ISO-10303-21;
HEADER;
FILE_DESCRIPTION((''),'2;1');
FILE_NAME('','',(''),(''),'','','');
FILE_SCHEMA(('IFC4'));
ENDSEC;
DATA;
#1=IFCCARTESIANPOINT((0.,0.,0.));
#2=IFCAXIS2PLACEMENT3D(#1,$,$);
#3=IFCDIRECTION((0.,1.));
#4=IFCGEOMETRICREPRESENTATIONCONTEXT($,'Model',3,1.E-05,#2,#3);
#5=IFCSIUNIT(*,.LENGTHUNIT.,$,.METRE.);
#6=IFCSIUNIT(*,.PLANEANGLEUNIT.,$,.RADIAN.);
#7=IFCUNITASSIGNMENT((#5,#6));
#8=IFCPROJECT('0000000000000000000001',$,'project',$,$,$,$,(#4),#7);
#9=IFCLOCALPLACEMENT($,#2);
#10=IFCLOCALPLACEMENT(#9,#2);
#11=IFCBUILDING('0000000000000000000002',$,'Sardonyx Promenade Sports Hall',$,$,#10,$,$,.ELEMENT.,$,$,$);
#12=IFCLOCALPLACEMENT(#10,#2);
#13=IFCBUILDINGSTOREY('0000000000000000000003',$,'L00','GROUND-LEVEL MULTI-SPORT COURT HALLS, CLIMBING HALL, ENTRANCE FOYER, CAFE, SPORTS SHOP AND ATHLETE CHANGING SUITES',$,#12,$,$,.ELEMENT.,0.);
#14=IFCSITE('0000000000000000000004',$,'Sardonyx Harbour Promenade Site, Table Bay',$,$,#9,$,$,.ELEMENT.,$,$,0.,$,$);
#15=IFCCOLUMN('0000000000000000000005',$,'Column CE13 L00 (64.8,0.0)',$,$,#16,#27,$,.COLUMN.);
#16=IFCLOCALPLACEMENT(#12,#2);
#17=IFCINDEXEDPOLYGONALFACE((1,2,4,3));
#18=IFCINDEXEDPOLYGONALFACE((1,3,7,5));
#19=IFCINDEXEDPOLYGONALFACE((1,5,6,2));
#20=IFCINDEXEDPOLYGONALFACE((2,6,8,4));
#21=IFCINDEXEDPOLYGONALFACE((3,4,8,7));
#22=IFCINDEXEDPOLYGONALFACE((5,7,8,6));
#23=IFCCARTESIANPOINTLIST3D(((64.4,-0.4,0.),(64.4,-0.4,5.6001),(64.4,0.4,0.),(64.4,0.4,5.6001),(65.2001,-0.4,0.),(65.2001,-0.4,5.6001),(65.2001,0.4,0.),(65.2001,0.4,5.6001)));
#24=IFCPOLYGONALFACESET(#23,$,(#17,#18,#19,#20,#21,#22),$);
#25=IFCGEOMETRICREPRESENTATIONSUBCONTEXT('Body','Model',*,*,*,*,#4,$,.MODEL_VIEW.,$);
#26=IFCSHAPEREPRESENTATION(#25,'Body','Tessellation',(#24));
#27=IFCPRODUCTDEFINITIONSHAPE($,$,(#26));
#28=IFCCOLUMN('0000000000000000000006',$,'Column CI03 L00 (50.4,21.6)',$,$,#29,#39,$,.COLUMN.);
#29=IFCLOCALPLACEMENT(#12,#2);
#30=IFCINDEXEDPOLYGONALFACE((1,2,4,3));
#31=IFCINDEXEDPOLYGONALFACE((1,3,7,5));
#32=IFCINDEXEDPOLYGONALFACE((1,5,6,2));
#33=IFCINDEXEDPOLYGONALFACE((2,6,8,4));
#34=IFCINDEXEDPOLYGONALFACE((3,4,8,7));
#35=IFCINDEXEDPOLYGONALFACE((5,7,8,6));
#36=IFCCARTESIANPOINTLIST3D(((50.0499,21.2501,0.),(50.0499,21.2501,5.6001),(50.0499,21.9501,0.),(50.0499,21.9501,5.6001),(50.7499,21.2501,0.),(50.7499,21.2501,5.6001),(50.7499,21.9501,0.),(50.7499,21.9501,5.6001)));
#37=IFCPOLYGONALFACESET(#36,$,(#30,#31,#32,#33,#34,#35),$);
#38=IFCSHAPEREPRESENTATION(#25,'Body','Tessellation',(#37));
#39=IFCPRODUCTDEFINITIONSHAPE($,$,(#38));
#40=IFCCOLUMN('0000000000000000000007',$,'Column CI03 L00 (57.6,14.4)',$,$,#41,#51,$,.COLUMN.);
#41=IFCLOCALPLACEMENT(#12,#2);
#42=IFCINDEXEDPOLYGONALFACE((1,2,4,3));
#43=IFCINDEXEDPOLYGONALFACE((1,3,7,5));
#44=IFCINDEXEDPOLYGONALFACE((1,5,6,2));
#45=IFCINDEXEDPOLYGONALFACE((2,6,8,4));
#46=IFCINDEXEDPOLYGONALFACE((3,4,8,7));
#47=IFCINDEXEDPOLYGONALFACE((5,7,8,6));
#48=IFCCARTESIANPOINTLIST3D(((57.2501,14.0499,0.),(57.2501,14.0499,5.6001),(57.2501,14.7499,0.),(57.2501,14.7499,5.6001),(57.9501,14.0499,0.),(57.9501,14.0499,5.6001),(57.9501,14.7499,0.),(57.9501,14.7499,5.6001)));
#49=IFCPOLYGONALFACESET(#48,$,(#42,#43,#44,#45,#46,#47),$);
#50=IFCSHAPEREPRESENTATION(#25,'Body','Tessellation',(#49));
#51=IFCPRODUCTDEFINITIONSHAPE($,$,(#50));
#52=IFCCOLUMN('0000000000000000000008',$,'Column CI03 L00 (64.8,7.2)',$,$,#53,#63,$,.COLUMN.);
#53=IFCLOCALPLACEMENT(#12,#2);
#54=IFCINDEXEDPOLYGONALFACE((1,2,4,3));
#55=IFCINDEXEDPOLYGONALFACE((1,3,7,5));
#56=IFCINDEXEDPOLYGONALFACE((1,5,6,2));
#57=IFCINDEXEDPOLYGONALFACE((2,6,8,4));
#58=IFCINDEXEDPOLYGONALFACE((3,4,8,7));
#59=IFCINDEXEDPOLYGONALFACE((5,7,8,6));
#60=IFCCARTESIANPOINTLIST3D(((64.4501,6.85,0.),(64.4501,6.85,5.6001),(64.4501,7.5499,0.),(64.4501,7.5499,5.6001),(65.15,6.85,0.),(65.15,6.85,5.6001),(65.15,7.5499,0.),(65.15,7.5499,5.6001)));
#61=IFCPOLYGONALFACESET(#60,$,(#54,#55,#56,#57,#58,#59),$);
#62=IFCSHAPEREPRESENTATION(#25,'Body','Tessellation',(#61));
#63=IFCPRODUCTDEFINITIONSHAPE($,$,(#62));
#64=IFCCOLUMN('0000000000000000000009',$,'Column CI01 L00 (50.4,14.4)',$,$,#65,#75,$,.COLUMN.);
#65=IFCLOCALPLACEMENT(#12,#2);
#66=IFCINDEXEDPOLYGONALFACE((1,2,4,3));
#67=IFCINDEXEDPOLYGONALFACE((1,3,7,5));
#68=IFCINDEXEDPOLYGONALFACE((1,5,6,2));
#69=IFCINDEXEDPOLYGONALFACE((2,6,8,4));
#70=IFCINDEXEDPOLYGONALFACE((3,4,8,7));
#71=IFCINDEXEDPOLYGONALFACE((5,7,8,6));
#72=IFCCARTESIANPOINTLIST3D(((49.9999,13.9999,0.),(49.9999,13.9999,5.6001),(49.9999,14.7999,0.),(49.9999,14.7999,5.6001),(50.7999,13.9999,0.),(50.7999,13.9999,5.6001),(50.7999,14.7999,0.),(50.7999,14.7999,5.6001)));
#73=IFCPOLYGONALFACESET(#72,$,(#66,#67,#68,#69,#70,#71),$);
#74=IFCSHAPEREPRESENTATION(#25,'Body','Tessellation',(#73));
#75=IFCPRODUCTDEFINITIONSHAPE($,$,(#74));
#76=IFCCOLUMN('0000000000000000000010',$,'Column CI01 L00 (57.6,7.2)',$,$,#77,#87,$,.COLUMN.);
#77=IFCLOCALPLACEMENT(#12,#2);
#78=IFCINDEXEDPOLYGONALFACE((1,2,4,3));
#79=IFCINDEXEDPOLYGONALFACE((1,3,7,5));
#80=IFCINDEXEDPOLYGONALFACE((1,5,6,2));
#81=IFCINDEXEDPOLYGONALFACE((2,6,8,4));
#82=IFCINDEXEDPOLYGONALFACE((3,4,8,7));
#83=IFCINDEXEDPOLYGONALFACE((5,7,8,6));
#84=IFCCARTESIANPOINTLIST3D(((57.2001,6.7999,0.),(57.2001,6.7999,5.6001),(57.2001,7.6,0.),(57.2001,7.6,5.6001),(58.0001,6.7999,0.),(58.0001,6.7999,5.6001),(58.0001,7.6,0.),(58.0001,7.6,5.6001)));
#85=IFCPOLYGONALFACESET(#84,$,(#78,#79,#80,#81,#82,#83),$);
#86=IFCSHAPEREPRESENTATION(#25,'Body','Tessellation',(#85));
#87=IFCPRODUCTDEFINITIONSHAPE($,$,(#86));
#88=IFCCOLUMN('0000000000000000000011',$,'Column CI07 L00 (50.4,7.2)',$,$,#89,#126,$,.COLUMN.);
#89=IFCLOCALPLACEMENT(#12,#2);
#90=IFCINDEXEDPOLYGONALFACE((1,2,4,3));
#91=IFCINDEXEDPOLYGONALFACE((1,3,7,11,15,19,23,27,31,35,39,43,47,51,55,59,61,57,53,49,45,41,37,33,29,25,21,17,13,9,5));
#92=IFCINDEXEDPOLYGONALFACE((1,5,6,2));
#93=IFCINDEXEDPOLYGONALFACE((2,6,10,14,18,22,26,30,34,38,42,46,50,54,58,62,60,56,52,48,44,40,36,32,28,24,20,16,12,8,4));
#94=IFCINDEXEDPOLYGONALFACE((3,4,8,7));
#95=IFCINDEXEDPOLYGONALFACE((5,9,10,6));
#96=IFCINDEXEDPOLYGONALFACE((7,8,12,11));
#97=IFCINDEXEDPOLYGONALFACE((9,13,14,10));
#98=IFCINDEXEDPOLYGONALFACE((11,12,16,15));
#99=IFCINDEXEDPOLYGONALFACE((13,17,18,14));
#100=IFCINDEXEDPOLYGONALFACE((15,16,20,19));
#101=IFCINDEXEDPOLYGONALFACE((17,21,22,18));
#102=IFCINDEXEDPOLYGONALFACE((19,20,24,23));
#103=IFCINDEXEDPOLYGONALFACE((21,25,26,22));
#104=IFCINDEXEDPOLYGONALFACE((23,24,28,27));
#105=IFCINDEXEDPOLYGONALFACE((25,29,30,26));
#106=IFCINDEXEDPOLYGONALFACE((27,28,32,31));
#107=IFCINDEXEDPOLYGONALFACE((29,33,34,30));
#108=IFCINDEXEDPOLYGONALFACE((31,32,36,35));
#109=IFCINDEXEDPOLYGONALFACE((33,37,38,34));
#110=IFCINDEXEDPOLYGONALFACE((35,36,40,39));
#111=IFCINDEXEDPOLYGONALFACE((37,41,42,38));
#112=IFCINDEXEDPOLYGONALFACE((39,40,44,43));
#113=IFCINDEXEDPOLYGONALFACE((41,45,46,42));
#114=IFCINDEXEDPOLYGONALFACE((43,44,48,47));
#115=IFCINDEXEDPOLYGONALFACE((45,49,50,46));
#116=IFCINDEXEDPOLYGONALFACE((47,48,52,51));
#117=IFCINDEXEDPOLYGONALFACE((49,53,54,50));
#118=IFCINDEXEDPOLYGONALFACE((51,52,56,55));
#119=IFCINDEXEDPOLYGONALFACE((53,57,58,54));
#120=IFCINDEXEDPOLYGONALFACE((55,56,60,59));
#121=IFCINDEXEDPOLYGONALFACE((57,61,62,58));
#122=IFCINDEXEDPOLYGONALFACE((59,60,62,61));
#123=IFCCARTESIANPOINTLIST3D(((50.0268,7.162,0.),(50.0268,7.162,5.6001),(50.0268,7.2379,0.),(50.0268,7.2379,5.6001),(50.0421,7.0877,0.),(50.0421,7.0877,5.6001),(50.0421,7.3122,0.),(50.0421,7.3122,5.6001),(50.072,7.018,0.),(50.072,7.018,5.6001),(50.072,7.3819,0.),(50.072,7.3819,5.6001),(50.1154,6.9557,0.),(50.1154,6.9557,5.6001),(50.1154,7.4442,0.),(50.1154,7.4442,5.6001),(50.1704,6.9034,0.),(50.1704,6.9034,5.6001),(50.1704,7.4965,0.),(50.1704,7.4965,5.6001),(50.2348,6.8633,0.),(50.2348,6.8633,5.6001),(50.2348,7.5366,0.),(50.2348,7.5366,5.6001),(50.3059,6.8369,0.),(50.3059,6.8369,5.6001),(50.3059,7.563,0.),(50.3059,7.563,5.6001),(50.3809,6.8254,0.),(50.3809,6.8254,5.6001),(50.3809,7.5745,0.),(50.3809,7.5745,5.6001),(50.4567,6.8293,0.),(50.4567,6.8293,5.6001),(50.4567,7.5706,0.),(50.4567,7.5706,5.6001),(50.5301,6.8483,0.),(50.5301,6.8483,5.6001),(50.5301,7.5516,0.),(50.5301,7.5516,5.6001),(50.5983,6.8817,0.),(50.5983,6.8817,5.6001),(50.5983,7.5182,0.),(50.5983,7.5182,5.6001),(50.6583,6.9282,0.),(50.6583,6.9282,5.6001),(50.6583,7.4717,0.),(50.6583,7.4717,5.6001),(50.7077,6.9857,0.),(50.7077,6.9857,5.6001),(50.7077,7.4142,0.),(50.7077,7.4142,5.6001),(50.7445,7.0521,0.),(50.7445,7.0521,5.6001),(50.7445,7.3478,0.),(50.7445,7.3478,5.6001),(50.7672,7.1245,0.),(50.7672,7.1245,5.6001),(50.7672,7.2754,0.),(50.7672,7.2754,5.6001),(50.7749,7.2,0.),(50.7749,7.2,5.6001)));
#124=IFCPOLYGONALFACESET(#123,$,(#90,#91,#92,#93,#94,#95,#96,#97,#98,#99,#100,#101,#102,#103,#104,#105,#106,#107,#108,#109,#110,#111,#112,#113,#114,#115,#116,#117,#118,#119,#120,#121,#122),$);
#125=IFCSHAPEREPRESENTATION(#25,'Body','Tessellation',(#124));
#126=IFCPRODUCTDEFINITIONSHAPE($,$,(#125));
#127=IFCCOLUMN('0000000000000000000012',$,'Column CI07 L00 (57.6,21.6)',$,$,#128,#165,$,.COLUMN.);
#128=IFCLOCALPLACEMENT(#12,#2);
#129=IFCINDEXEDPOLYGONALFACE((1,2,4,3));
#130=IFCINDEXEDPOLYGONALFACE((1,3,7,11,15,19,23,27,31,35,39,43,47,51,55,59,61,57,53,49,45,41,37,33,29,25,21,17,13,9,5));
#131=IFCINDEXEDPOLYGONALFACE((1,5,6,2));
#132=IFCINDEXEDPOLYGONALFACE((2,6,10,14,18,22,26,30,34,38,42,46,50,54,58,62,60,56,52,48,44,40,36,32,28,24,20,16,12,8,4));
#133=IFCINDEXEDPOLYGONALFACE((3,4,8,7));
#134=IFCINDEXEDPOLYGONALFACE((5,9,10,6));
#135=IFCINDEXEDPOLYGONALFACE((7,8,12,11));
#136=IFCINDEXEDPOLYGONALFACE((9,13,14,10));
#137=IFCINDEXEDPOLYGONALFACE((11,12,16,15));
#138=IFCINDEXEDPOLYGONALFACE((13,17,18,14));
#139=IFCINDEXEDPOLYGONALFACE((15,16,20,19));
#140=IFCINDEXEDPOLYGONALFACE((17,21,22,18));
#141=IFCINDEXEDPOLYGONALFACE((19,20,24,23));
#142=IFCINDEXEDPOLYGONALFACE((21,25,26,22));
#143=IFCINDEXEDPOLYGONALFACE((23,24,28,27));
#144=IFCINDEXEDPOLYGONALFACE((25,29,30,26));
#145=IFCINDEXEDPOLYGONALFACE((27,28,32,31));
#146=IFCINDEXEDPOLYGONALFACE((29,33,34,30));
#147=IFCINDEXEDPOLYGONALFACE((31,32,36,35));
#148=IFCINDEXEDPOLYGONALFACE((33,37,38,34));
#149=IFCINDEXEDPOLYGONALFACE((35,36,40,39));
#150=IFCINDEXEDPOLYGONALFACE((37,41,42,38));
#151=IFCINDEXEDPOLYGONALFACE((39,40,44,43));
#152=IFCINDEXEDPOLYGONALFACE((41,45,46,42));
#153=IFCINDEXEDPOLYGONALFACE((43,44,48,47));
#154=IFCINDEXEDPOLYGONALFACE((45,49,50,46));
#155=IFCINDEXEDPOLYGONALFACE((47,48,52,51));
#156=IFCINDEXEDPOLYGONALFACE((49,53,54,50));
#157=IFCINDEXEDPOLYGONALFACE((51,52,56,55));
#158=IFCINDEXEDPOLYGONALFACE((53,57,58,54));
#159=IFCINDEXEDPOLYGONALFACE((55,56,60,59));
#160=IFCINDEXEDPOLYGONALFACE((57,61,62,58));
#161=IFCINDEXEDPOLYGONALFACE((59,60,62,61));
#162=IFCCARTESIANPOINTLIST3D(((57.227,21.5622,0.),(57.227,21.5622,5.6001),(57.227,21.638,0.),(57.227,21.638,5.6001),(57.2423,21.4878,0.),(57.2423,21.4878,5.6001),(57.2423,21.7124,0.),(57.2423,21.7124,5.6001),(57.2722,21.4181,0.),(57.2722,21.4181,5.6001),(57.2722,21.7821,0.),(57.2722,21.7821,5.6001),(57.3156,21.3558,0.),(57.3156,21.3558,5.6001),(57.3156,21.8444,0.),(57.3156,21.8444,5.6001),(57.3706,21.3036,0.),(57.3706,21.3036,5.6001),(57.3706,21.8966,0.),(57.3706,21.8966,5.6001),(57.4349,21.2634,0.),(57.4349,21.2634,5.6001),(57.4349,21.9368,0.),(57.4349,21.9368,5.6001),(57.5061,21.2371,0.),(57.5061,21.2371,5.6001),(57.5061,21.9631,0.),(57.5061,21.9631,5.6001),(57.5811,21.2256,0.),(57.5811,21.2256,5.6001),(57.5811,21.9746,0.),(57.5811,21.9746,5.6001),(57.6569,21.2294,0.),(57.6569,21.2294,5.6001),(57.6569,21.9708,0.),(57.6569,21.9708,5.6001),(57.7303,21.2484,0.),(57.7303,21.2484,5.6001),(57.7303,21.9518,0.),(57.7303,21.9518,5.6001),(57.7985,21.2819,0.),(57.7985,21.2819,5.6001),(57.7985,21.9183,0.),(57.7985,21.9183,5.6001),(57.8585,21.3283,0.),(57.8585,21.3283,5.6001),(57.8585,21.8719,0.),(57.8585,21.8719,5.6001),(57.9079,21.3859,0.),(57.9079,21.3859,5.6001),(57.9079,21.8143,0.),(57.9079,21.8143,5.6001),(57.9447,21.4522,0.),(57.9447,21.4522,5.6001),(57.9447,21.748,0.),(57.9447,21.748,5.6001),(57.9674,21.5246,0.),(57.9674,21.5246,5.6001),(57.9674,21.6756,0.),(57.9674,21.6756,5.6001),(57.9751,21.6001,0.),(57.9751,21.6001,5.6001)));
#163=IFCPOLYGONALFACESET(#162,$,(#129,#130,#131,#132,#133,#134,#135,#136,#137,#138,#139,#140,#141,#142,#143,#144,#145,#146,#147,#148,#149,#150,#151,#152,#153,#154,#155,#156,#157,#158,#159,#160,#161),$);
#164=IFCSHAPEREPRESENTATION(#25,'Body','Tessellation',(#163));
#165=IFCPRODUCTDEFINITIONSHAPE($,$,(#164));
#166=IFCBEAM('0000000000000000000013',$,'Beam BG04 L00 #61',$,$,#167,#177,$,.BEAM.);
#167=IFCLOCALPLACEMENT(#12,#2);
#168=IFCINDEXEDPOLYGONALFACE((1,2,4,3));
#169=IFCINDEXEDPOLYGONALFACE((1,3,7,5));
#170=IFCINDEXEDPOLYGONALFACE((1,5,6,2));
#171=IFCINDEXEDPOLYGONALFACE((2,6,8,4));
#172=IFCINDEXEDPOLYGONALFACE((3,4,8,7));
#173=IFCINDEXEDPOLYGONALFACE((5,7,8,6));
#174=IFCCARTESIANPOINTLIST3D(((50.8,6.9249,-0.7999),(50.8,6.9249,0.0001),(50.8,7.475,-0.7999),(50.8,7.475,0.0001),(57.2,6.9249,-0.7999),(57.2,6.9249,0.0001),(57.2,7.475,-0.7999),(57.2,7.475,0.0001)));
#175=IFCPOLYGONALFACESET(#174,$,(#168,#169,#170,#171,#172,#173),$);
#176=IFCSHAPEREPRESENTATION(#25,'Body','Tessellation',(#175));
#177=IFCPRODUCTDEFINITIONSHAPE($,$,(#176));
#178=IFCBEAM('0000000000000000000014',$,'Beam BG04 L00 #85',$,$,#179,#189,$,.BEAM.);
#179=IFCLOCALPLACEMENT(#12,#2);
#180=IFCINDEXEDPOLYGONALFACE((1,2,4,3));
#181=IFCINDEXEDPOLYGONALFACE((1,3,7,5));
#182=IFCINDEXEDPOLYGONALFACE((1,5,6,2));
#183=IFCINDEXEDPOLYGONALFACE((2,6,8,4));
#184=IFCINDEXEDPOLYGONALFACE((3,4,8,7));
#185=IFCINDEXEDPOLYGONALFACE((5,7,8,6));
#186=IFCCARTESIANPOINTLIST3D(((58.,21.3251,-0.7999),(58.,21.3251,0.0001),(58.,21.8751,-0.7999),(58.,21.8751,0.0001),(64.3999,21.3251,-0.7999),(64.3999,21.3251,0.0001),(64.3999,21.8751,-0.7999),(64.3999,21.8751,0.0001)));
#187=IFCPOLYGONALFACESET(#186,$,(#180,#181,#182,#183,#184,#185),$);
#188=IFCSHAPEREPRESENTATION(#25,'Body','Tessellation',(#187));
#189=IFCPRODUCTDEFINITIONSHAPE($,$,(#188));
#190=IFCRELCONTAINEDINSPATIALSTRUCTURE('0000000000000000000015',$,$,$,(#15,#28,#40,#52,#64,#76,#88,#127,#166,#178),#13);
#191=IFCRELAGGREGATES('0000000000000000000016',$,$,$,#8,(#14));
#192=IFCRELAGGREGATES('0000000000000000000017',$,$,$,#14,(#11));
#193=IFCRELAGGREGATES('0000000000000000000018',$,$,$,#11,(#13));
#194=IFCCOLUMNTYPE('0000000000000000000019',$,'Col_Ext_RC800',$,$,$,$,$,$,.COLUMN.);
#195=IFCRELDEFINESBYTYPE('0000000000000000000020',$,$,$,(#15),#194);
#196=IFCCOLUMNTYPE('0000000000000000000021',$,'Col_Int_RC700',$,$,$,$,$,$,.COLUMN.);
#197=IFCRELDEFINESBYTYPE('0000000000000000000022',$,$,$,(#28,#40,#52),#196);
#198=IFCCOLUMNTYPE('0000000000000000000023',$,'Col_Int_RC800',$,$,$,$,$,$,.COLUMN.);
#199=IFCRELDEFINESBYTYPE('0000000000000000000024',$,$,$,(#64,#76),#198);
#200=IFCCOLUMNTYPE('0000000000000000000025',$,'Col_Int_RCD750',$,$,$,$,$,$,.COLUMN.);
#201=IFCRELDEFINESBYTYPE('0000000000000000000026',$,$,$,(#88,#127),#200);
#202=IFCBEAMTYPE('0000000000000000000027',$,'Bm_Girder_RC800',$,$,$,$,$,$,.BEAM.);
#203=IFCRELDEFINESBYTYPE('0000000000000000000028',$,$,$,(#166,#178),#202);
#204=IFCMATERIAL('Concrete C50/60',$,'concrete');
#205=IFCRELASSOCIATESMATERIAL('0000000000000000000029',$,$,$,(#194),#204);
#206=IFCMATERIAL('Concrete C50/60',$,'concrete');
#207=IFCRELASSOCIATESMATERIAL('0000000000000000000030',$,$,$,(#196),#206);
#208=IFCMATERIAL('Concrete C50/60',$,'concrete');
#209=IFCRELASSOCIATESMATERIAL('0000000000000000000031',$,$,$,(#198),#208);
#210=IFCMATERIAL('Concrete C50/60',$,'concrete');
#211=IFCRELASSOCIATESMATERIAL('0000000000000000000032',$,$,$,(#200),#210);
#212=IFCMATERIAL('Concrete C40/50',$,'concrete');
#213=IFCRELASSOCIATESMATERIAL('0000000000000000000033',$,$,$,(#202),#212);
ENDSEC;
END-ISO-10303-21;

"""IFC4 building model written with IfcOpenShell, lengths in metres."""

from ifc_helpers import new_model, si_unit, direction, frame, origin, origin_2d, place, context, subcontext, project, spatial, rectangle, circle, extrude, material, material_profile, profile_set, type_object, element, save


model = new_model("IFC4")

# Units and contexts
model_context = context("Model", 3, precision=1e-05, world=origin(), true_north=direction((0.0, 1.0)))
body_context = subcontext(model_context, "Body", "Model", "MODEL_VIEW")
ifc_project = project(units=[si_unit("LENGTHUNIT", "METRE"), si_unit("PLANEANGLEUNIT", "RADIAN")], contexts=[model_context])

# Site, building, storey
site_placement = place(None, origin())
site = spatial("IfcSite", under=ifc_project, at=site_placement, Name="Sardonyx Harbour Promenade Site, Table Bay", CompositionType="ELEMENT", RefElevation=0.0)
building_placement = place(site_placement, origin())
building = spatial("IfcBuilding", under=site, at=building_placement, Name="Sardonyx Promenade Sports Hall", CompositionType="ELEMENT")
storey_placement = place(building_placement, origin())
storey = spatial("IfcBuildingStorey", under=building, at=storey_placement, Name="L00", Description="GROUND-LEVEL MULTI-SPORT COURT HALLS, CLIMBING HALL, ENTRANCE FOYER, CAFE, SPORTS SHOP AND ATHLETE CHANGING SUITES", CompositionType="ELEMENT", Elevation=0.0)

# Columns
ifc_material_1 = material(Name="Concrete C50/60", Category="concrete")
ifc_material_profile_1 = material_profile(ifc_material_1, rectangle(XDim=0.8, YDim=0.8, at=origin_2d()))
ifc_profile_set_1 = profile_set([ifc_material_profile_1], Name="Concrete C50/60")
column_type_1 = type_object("IfcColumnType", Name="Col_Ext_RC800", PredefinedType="COLUMN", material=ifc_profile_set_1)
column_placement = place(storey_placement, frame((64.8, 0.0, 0.0), z_axis=(0.0, 0.0, 1.0), x_axis=(1.0, 0.0, 0.0)))
element("IfcColumn", 1, at=column_placement, inside=storey, type_object=column_type_1, Name="Column CE13 L00 (64.8,0.0)", PredefinedType="COLUMN", context=body_context, shape_type="SweptSolid", body=[
    extrude(rectangle(XDim=0.8, YDim=0.8, at=origin_2d()), origin(), (0.0, 0.0, 1.0), 5.6001),
])
ifc_material_2 = material(Name="Concrete C50/60", Category="concrete")
ifc_material_profile_2 = material_profile(ifc_material_2, rectangle(XDim=0.7, YDim=0.7, at=origin_2d()))
ifc_profile_set_2 = profile_set([ifc_material_profile_2], Name="Concrete C50/60")
column_type_2 = type_object("IfcColumnType", Name="Col_Int_RC700", PredefinedType="COLUMN", material=ifc_profile_set_2)
for number, where, z_axis, x_axis, name in (
    (2, (50.3999, 21.6001, 0.0), (0.0, 0.0, 1.0), (1.0, 0.0, 0.0), "Column CI03 L00 (50.4,21.6)"),
    (3, (57.6001, 14.3999, 0.0), (0.0, 0.0, 1.0), (1.0, 0.0, 0.0), "Column CI03 L00 (57.6,14.4)"),
    (4, (64.8, 7.2, 0.0), (0.0, 0.0, 1.0), (1.0, 0.0, 0.0), "Column CI03 L00 (64.8,7.2)"),
):
    element("IfcColumn", number, at=place(storey_placement, frame(where, z_axis=z_axis, x_axis=x_axis)), inside=storey, type_object=column_type_2, Name=name, PredefinedType="COLUMN", context=body_context, shape_type="SweptSolid", body=[
        extrude(rectangle(XDim=0.7, YDim=0.7, at=origin_2d()), origin(), (0.0, 0.0, 1.0), 5.6001),
    ])
ifc_material_3 = material(Name="Concrete C50/60", Category="concrete")
ifc_material_profile_3 = material_profile(ifc_material_3, rectangle(XDim=0.8, YDim=0.8, at=origin_2d()))
ifc_profile_set_3 = profile_set([ifc_material_profile_3], Name="Concrete C50/60")
column_type_3 = type_object("IfcColumnType", Name="Col_Int_RC800", PredefinedType="COLUMN", material=ifc_profile_set_3)
for number, where, z_axis, x_axis, name in (
    (5, (50.3999, 14.3999, 0.0), (0.0, 0.0, 1.0), (1.0, 0.0, 0.0), "Column CI01 L00 (50.4,14.4)"),
    (6, (57.6001, 7.2, 0.0), (0.0, 0.0, 1.0), (1.0, 0.0, 0.0), "Column CI01 L00 (57.6,7.2)"),
):
    element("IfcColumn", number, at=place(storey_placement, frame(where, z_axis=z_axis, x_axis=x_axis)), inside=storey, type_object=column_type_3, Name=name, PredefinedType="COLUMN", context=body_context, shape_type="SweptSolid", body=[
        extrude(rectangle(XDim=0.8, YDim=0.8, at=origin_2d()), origin(), (0.0, 0.0, 1.0), 5.6001),
    ])
ifc_material_4 = material(Name="Concrete C50/60", Category="concrete")
ifc_material_profile_4 = material_profile(ifc_material_4, circle(Radius=0.375, at=origin_2d()))
ifc_profile_set_4 = profile_set([ifc_material_profile_4], Name="Concrete C50/60")
column_type_4 = type_object("IfcColumnType", Name="Col_Int_RCD750", PredefinedType="COLUMN", material=ifc_profile_set_4)
for number, where, z_axis, x_axis, name in (
    (7, (50.3999, 7.2, 0.0), (0.0, 0.0, 1.0), (1.0, 0.0, 0.0), "Column CI07 L00 (50.4,7.2)"),
    (8, (57.6001, 21.6001, 0.0), (0.0, 0.0, 1.0), (1.0, 0.0, 0.0), "Column CI07 L00 (57.6,21.6)"),
):
    element("IfcColumn", number, at=place(storey_placement, frame(where, z_axis=z_axis, x_axis=x_axis)), inside=storey, type_object=column_type_4, Name=name, PredefinedType="COLUMN", context=body_context, shape_type="SweptSolid", body=[
        extrude(circle(Radius=0.375, at=origin_2d()), origin(), (0.0, 0.0, 1.0), 5.6001),
    ])

# Beams
ifc_material_5 = material(Name="Concrete C40/50", Category="concrete")
ifc_material_profile_5 = material_profile(ifc_material_5, rectangle(XDim=0.55, YDim=0.8, at=origin_2d()))
ifc_profile_set_5 = profile_set([ifc_material_profile_5], Name="Concrete C40/50")
beam_type_1 = type_object("IfcBeamType", Name="Bm_Girder_RC800", PredefinedType="BEAM", material=ifc_profile_set_5)
for number, where, z_axis, x_axis, name in (
    (9, (50.8, 7.2, -0.3999), (1.0, 0.0, 0.0), (0.0, 1.0, 0.0), "Beam BG04 L00 #61"),
    (10, (58.0, 21.6001, -0.3999), (1.0, 0.0, 0.0), (0.0, 1.0, 0.0), "Beam BG04 L00 #85"),
):
    element("IfcBeam", number, at=place(storey_placement, frame(where, z_axis=z_axis, x_axis=x_axis)), inside=storey, type_object=beam_type_1, Name=name, PredefinedType="BEAM", context=body_context, shape_type="SweptSolid", body=[
        extrude(rectangle(XDim=0.55, YDim=0.8, at=origin_2d()), origin(), (0.0, 0.0, 1.0), 6.3999),
    ])

save(model, "model.ifc")
